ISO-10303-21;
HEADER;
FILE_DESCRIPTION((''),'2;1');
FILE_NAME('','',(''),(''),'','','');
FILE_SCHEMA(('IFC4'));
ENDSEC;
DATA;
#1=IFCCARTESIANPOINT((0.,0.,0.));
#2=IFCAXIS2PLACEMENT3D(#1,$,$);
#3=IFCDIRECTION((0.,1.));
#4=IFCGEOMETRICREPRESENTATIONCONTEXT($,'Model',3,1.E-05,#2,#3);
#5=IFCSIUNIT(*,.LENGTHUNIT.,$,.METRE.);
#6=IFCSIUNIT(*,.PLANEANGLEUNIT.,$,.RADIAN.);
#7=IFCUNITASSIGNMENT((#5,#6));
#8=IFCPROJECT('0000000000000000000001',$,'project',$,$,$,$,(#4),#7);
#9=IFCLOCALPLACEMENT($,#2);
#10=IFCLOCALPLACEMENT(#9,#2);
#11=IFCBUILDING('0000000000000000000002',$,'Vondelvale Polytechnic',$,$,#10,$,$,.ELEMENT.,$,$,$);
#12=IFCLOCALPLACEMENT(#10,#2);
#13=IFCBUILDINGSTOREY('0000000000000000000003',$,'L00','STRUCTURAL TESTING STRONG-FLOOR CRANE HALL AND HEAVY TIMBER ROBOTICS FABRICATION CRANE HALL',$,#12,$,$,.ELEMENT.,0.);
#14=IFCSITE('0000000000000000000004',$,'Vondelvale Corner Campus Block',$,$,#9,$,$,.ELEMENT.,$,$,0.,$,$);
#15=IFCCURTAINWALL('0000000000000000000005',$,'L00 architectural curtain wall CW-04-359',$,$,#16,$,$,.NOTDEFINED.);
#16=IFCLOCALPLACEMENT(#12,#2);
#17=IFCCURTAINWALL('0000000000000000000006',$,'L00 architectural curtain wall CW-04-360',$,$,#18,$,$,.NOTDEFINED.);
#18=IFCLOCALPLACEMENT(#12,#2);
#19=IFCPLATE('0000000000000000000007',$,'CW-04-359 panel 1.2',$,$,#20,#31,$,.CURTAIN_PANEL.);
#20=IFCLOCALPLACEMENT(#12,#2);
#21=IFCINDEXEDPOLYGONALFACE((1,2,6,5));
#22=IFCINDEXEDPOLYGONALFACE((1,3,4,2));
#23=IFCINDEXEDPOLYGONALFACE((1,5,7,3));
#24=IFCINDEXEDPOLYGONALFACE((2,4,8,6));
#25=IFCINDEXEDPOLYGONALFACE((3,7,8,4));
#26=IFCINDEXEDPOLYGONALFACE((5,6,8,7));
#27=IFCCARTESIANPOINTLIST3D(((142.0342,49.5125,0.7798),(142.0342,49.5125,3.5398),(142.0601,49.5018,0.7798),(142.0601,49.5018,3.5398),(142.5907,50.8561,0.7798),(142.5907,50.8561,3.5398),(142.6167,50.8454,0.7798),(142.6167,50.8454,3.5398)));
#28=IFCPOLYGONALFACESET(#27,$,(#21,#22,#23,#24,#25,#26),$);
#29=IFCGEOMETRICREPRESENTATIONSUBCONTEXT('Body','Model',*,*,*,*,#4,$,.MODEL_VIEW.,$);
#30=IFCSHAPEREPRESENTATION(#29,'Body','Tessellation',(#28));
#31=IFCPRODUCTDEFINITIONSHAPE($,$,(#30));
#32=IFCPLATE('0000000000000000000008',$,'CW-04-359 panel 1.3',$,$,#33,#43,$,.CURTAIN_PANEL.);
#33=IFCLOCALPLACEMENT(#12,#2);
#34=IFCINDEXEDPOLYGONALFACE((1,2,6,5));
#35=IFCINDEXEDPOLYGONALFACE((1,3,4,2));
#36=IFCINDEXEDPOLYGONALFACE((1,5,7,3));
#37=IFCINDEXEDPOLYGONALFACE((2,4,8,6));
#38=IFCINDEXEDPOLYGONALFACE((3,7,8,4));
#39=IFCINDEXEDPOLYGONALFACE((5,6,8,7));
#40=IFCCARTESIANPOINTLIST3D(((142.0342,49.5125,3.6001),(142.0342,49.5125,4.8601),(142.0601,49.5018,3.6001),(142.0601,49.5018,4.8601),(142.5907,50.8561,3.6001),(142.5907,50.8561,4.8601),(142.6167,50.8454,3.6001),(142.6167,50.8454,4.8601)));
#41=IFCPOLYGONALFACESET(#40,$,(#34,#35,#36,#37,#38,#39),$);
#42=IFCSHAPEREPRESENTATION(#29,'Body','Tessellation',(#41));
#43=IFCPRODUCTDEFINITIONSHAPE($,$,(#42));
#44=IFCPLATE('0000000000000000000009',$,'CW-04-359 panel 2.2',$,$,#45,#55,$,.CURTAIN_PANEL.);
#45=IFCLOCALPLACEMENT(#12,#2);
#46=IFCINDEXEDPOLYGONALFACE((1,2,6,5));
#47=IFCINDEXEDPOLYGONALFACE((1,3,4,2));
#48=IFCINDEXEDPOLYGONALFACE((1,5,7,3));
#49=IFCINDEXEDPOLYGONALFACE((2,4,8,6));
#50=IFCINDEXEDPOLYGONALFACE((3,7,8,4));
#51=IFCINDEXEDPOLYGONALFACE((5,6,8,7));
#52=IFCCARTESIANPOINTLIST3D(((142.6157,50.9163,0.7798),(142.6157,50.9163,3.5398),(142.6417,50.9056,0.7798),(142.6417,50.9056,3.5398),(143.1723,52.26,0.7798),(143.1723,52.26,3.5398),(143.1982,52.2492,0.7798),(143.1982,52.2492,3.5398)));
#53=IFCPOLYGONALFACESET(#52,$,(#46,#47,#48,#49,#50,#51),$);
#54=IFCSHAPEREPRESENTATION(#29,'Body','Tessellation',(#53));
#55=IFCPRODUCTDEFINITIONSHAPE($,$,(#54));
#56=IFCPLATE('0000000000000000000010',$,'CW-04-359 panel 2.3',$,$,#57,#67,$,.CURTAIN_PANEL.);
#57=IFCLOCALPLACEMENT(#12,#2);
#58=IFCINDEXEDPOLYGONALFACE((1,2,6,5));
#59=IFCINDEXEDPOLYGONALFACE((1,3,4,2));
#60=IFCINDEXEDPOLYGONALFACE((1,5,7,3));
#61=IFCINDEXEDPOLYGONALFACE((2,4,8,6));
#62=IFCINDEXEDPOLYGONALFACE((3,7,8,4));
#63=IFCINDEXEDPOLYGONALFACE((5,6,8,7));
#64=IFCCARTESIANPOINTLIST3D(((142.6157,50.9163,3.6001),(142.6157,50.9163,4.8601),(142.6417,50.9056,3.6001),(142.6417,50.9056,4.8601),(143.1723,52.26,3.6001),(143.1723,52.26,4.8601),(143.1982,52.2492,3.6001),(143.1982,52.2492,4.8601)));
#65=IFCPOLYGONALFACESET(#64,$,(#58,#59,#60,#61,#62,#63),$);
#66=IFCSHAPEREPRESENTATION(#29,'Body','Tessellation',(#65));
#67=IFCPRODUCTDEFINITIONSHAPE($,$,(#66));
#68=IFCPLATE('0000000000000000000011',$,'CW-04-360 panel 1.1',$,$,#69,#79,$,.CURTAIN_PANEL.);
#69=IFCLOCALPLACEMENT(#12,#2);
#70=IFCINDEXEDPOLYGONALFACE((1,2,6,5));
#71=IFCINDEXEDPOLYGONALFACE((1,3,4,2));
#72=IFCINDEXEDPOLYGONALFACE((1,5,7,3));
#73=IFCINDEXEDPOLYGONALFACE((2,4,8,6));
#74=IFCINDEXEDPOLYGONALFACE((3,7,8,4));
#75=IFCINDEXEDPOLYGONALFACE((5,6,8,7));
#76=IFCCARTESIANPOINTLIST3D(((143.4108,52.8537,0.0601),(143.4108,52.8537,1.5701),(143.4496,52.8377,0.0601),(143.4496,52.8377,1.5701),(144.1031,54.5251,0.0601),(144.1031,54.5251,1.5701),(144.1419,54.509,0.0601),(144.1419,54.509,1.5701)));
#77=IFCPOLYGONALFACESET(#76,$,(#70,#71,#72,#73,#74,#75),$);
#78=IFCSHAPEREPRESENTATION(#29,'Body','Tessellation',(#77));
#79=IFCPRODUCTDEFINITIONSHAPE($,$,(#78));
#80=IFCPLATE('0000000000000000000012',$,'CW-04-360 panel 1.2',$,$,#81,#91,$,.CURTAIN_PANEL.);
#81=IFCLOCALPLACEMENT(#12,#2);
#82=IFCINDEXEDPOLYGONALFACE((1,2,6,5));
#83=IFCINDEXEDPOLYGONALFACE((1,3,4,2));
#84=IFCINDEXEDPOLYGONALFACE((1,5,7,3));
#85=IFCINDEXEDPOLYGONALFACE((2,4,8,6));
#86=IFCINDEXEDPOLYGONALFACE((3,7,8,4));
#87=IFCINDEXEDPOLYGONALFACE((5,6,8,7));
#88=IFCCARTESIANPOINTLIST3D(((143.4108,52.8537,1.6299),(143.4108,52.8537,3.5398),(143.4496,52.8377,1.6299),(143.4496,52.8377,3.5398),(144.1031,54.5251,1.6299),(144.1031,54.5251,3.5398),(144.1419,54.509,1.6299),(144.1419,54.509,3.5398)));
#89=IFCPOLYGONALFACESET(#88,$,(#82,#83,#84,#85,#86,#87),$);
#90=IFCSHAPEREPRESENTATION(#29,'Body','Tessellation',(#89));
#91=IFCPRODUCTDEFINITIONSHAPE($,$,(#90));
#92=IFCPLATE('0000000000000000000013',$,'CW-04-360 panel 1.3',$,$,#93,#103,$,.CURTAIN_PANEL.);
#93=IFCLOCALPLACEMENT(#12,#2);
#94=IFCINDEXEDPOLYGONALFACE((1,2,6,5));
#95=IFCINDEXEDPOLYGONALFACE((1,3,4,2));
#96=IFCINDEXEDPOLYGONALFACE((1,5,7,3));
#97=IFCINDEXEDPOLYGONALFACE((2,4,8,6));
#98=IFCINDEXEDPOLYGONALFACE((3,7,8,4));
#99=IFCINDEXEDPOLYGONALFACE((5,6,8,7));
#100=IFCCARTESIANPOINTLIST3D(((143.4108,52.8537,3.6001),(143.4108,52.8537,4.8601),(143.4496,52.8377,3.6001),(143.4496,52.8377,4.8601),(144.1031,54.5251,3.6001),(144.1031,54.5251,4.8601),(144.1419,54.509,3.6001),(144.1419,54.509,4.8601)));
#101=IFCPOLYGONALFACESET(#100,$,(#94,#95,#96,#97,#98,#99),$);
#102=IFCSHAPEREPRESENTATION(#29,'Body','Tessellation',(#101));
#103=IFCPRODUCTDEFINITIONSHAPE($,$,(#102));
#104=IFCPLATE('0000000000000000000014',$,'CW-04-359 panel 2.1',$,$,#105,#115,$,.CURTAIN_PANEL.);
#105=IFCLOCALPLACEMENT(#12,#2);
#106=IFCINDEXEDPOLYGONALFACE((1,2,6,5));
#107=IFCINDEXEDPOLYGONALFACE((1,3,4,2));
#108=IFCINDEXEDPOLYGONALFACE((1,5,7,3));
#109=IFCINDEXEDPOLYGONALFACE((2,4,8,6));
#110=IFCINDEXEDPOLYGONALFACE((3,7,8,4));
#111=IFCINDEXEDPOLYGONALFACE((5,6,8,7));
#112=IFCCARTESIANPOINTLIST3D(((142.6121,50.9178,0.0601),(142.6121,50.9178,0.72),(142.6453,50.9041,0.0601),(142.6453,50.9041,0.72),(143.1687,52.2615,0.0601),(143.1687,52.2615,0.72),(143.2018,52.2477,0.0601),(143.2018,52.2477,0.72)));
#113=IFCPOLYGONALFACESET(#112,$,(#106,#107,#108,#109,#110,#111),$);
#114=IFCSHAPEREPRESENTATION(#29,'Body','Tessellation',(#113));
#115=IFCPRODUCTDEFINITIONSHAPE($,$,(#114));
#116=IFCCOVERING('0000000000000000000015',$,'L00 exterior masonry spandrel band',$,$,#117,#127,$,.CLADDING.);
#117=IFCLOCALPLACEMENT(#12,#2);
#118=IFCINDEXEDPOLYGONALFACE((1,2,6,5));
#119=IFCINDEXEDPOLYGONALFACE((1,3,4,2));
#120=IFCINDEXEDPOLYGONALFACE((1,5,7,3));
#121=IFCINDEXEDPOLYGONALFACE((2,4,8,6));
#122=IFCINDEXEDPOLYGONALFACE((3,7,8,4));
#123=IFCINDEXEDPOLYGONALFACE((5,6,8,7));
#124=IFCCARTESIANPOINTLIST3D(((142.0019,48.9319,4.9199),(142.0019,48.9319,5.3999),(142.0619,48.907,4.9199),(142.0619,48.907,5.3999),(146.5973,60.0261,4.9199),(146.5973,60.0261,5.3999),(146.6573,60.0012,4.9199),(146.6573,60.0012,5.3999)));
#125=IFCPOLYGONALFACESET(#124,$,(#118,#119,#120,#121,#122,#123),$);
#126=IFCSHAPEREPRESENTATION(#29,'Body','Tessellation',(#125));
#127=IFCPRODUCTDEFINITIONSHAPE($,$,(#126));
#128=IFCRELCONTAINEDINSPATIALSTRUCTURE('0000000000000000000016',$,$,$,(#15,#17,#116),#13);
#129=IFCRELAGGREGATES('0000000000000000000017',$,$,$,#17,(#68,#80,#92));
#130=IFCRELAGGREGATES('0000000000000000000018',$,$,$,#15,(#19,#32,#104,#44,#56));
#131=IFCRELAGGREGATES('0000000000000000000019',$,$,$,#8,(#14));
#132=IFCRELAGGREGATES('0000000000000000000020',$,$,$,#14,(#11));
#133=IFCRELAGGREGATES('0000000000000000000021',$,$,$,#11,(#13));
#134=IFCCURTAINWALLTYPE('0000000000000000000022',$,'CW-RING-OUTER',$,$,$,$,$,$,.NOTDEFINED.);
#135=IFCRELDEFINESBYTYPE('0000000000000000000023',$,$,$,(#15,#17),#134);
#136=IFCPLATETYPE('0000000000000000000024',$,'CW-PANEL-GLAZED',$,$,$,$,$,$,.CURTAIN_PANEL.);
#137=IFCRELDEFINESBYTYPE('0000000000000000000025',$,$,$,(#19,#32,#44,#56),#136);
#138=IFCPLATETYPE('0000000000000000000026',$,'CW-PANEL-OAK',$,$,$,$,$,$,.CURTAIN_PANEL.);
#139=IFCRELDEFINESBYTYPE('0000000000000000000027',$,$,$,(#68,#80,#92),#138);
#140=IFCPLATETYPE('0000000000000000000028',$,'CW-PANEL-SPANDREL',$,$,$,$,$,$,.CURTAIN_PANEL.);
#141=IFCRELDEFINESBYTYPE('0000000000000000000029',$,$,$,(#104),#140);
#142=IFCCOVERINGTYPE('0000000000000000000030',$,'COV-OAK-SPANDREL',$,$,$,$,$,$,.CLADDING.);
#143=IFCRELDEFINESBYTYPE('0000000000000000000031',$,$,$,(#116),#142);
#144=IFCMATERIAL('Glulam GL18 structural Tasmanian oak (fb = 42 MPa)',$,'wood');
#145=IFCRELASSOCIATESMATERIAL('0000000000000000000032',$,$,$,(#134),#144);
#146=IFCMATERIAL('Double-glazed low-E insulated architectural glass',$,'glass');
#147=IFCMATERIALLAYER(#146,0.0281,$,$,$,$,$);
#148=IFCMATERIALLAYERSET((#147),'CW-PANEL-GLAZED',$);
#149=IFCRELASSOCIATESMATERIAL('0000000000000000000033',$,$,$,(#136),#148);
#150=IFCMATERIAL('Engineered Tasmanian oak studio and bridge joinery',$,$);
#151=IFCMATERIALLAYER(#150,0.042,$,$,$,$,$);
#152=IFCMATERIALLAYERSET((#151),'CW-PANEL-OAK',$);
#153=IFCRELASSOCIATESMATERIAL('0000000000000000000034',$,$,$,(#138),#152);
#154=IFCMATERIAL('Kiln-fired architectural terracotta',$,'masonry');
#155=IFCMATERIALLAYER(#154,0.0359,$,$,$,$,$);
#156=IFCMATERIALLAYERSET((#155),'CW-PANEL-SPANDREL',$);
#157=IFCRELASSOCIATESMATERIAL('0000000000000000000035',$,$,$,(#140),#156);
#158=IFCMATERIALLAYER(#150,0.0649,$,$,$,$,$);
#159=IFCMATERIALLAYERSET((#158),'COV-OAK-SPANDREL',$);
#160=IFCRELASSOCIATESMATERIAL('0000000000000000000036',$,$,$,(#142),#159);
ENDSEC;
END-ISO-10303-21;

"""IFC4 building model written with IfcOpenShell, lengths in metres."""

from ifc_helpers import new_model, si_unit, direction, frame, origin, origin_2d, place, context, subcontext, project, spatial, rectangle, extrude, material, layer, layer_set, type_object, element, aggregate, save


model = new_model("IFC4")

# Units and contexts
model_context = context("Model", 3, precision=1e-05, world=origin(), true_north=direction((0.0, 1.0)))
body_context = subcontext(model_context, "Body", "Model", "MODEL_VIEW")
ifc_project = project(units=[si_unit("LENGTHUNIT", "METRE"), si_unit("PLANEANGLEUNIT", "RADIAN")], contexts=[model_context])

# Site, building, storey
site_placement = place(None, origin())
site = spatial("IfcSite", under=ifc_project, at=site_placement, Name="Vondelvale Corner Campus Block", CompositionType="ELEMENT", RefElevation=0.0)
building_placement = place(site_placement, origin())
building = spatial("IfcBuilding", under=site, at=building_placement, Name="Vondelvale Polytechnic", CompositionType="ELEMENT")
storey_placement = place(building_placement, origin())
storey = spatial("IfcBuildingStorey", under=building, at=storey_placement, Name="L00", Description="STRUCTURAL TESTING STRONG-FLOOR CRANE HALL AND HEAVY TIMBER ROBOTICS FABRICATION CRANE HALL", CompositionType="ELEMENT", Elevation=0.0)

# Shared definitions
ifc_material_1 = material(Name="Glulam GL18 structural Tasmanian oak (fb = 42 MPa)", Category="wood")

# Curtain walls
curtain_wall_type = type_object("IfcCurtainWallType", Name="CW-RING-OUTER", PredefinedType="NOTDEFINED", material=ifc_material_1)
curtain_wall_1_placement = place(storey_placement, origin())
curtain_wall_1 = element("IfcCurtainWall", 1, at=curtain_wall_1_placement, inside=storey, type_object=curtain_wall_type, Name="L00 architectural curtain wall CW-04-359", PredefinedType="NOTDEFINED")
curtain_wall_2_placement = place(storey_placement, origin())
curtain_wall_2 = element("IfcCurtainWall", 2, at=curtain_wall_2_placement, inside=storey, type_object=curtain_wall_type, Name="L00 architectural curtain wall CW-04-360", PredefinedType="NOTDEFINED")

# Plates
ifc_material_2 = material(Name="Double-glazed low-E insulated architectural glass", Category="glass")
ifc_layer_1 = layer(ifc_material_2, 0.0281)
ifc_layer_set_1 = layer_set([ifc_layer_1], Name="CW-PANEL-GLAZED")
plate_type_1 = type_object("IfcPlateType", Name="CW-PANEL-GLAZED", PredefinedType="CURTAIN_PANEL", material=ifc_layer_set_1)
plate_1_placement = place(storey_placement, frame((142.3254, 50.179, 0.7798), z_axis=(0.0, 0.0, 1.0), x_axis=(0.382679, 0.923881, 0.0)))
plate_1 = element("IfcPlate", 3, at=plate_1_placement, type_object=plate_type_1, Name="CW-04-359 panel 1.2", PredefinedType="CURTAIN_PANEL", context=body_context, shape_type="SweptSolid", body=[
    extrude(rectangle(XDim=1.4543, YDim=0.0281, at=origin_2d()), origin(), (0.0, 0.0, 1.0), 2.76),
])
plate_2_placement = place(storey_placement, frame((142.3254, 50.179, 3.6001), z_axis=(0.0, 0.0, 1.0), x_axis=(0.382679, 0.923881, 0.0)))
plate_2 = element("IfcPlate", 4, at=plate_2_placement, type_object=plate_type_1, Name="CW-04-359 panel 1.3", PredefinedType="CURTAIN_PANEL", context=body_context, shape_type="SweptSolid", body=[
    extrude(rectangle(XDim=1.4543, YDim=0.0281, at=origin_2d()), origin(), (0.0, 0.0, 1.0), 1.26),
])
plate_3_placement = place(storey_placement, frame((142.907, 51.5828, 0.7798), z_axis=(0.0, 0.0, 1.0), x_axis=(0.382679, 0.923881, 0.0)))
plate_3 = element("IfcPlate", 5, at=plate_3_placement, type_object=plate_type_1, Name="CW-04-359 panel 2.2", PredefinedType="CURTAIN_PANEL", context=body_context, shape_type="SweptSolid", body=[
    extrude(rectangle(XDim=1.4543, YDim=0.0281, at=origin_2d()), origin(), (0.0, 0.0, 1.0), 2.76),
])
plate_4_placement = place(storey_placement, frame((142.907, 51.5828, 3.6001), z_axis=(0.0, 0.0, 1.0), x_axis=(0.382679, 0.923881, 0.0)))
plate_4 = element("IfcPlate", 6, at=plate_4_placement, type_object=plate_type_1, Name="CW-04-359 panel 2.3", PredefinedType="CURTAIN_PANEL", context=body_context, shape_type="SweptSolid", body=[
    extrude(rectangle(XDim=1.4543, YDim=0.0281, at=origin_2d()), origin(), (0.0, 0.0, 1.0), 1.26),
])
ifc_material_3 = material(Name="Engineered Tasmanian oak studio and bridge joinery")
ifc_layer_2 = layer(ifc_material_3, 0.042)
ifc_layer_set_2 = layer_set([ifc_layer_2], Name="CW-PANEL-OAK")
plate_type_2 = type_object("IfcPlateType", Name="CW-PANEL-OAK", PredefinedType="CURTAIN_PANEL", material=ifc_layer_set_2)
plate_5_placement = place(storey_placement, frame((143.7764, 53.6814, 0.0601), z_axis=(0.0, 0.0, 1.0), x_axis=(0.382695, 0.923875, 0.0)))
plate_5 = element("IfcPlate", 7, at=plate_5_placement, type_object=plate_type_2, Name="CW-04-360 panel 1.1", PredefinedType="CURTAIN_PANEL", context=body_context, shape_type="SweptSolid", body=[
    extrude(rectangle(XDim=1.8091, YDim=0.042, at=origin_2d()), origin(), (0.0, 0.0, 1.0), 1.51),
])
plate_6_placement = place(storey_placement, frame((143.7764, 53.6814, 1.6299), z_axis=(0.0, 0.0, 1.0), x_axis=(0.382695, 0.923875, 0.0)))
plate_6 = element("IfcPlate", 8, at=plate_6_placement, type_object=plate_type_2, Name="CW-04-360 panel 1.2", PredefinedType="CURTAIN_PANEL", context=body_context, shape_type="SweptSolid", body=[
    extrude(rectangle(XDim=1.8091, YDim=0.042, at=origin_2d()), origin(), (0.0, 0.0, 1.0), 1.9099),
])
plate_7_placement = place(storey_placement, frame((143.7764, 53.6814, 3.6001), z_axis=(0.0, 0.0, 1.0), x_axis=(0.382695, 0.923875, 0.0)))
plate_7 = element("IfcPlate", 9, at=plate_7_placement, type_object=plate_type_2, Name="CW-04-360 panel 1.3", PredefinedType="CURTAIN_PANEL", context=body_context, shape_type="SweptSolid", body=[
    extrude(rectangle(XDim=1.8091, YDim=0.042, at=origin_2d()), origin(), (0.0, 0.0, 1.0), 1.26),
])
aggregate(curtain_wall_2, [plate_5, plate_6, plate_7])
ifc_material_4 = material(Name="Kiln-fired architectural terracotta", Category="masonry")
ifc_layer_3 = layer(ifc_material_4, 0.0359)
ifc_layer_set_3 = layer_set([ifc_layer_3], Name="CW-PANEL-SPANDREL")
plate_type_3 = type_object("IfcPlateType", Name="CW-PANEL-SPANDREL", PredefinedType="CURTAIN_PANEL", material=ifc_layer_set_3)
plate_8_placement = place(storey_placement, frame((142.907, 51.5828, 0.0601), z_axis=(0.0, 0.0, 1.0), x_axis=(0.382679, 0.923881, 0.0)))
plate_8 = element("IfcPlate", 10, at=plate_8_placement, type_object=plate_type_3, Name="CW-04-359 panel 2.1", PredefinedType="CURTAIN_PANEL", context=body_context, shape_type="SweptSolid", body=[
    extrude(rectangle(XDim=1.4543, YDim=0.0359, at=origin_2d()), origin(), (0.0, 0.0, 1.0), 0.6599),
])
aggregate(curtain_wall_1, [plate_1, plate_2, plate_8, plate_3, plate_4])

# Covering
ifc_layer_4 = layer(ifc_material_3, 0.0649)
ifc_layer_set_4 = layer_set([ifc_layer_4], Name="COV-OAK-SPANDREL")
covering_type = type_object("IfcCoveringType", Name="COV-OAK-SPANDREL", PredefinedType="CLADDING", material=ifc_layer_set_4)
covering_placement = place(storey_placement, frame((144.3296, 54.4666, 4.9199), z_axis=(0.0, 0.0, 1.0), x_axis=(0.382683, 0.92388, 0.0)))
element("IfcCovering", 11, at=covering_placement, inside=storey, type_object=covering_type, Name="L00 exterior masonry spandrel band", PredefinedType="CLADDING", context=body_context, shape_type="SweptSolid", body=[
    extrude(rectangle(XDim=12.0083, YDim=0.0649, at=origin_2d()), origin(), (0.0, 0.0, 1.0), 0.48),
])

save(model, "model.ifc")
